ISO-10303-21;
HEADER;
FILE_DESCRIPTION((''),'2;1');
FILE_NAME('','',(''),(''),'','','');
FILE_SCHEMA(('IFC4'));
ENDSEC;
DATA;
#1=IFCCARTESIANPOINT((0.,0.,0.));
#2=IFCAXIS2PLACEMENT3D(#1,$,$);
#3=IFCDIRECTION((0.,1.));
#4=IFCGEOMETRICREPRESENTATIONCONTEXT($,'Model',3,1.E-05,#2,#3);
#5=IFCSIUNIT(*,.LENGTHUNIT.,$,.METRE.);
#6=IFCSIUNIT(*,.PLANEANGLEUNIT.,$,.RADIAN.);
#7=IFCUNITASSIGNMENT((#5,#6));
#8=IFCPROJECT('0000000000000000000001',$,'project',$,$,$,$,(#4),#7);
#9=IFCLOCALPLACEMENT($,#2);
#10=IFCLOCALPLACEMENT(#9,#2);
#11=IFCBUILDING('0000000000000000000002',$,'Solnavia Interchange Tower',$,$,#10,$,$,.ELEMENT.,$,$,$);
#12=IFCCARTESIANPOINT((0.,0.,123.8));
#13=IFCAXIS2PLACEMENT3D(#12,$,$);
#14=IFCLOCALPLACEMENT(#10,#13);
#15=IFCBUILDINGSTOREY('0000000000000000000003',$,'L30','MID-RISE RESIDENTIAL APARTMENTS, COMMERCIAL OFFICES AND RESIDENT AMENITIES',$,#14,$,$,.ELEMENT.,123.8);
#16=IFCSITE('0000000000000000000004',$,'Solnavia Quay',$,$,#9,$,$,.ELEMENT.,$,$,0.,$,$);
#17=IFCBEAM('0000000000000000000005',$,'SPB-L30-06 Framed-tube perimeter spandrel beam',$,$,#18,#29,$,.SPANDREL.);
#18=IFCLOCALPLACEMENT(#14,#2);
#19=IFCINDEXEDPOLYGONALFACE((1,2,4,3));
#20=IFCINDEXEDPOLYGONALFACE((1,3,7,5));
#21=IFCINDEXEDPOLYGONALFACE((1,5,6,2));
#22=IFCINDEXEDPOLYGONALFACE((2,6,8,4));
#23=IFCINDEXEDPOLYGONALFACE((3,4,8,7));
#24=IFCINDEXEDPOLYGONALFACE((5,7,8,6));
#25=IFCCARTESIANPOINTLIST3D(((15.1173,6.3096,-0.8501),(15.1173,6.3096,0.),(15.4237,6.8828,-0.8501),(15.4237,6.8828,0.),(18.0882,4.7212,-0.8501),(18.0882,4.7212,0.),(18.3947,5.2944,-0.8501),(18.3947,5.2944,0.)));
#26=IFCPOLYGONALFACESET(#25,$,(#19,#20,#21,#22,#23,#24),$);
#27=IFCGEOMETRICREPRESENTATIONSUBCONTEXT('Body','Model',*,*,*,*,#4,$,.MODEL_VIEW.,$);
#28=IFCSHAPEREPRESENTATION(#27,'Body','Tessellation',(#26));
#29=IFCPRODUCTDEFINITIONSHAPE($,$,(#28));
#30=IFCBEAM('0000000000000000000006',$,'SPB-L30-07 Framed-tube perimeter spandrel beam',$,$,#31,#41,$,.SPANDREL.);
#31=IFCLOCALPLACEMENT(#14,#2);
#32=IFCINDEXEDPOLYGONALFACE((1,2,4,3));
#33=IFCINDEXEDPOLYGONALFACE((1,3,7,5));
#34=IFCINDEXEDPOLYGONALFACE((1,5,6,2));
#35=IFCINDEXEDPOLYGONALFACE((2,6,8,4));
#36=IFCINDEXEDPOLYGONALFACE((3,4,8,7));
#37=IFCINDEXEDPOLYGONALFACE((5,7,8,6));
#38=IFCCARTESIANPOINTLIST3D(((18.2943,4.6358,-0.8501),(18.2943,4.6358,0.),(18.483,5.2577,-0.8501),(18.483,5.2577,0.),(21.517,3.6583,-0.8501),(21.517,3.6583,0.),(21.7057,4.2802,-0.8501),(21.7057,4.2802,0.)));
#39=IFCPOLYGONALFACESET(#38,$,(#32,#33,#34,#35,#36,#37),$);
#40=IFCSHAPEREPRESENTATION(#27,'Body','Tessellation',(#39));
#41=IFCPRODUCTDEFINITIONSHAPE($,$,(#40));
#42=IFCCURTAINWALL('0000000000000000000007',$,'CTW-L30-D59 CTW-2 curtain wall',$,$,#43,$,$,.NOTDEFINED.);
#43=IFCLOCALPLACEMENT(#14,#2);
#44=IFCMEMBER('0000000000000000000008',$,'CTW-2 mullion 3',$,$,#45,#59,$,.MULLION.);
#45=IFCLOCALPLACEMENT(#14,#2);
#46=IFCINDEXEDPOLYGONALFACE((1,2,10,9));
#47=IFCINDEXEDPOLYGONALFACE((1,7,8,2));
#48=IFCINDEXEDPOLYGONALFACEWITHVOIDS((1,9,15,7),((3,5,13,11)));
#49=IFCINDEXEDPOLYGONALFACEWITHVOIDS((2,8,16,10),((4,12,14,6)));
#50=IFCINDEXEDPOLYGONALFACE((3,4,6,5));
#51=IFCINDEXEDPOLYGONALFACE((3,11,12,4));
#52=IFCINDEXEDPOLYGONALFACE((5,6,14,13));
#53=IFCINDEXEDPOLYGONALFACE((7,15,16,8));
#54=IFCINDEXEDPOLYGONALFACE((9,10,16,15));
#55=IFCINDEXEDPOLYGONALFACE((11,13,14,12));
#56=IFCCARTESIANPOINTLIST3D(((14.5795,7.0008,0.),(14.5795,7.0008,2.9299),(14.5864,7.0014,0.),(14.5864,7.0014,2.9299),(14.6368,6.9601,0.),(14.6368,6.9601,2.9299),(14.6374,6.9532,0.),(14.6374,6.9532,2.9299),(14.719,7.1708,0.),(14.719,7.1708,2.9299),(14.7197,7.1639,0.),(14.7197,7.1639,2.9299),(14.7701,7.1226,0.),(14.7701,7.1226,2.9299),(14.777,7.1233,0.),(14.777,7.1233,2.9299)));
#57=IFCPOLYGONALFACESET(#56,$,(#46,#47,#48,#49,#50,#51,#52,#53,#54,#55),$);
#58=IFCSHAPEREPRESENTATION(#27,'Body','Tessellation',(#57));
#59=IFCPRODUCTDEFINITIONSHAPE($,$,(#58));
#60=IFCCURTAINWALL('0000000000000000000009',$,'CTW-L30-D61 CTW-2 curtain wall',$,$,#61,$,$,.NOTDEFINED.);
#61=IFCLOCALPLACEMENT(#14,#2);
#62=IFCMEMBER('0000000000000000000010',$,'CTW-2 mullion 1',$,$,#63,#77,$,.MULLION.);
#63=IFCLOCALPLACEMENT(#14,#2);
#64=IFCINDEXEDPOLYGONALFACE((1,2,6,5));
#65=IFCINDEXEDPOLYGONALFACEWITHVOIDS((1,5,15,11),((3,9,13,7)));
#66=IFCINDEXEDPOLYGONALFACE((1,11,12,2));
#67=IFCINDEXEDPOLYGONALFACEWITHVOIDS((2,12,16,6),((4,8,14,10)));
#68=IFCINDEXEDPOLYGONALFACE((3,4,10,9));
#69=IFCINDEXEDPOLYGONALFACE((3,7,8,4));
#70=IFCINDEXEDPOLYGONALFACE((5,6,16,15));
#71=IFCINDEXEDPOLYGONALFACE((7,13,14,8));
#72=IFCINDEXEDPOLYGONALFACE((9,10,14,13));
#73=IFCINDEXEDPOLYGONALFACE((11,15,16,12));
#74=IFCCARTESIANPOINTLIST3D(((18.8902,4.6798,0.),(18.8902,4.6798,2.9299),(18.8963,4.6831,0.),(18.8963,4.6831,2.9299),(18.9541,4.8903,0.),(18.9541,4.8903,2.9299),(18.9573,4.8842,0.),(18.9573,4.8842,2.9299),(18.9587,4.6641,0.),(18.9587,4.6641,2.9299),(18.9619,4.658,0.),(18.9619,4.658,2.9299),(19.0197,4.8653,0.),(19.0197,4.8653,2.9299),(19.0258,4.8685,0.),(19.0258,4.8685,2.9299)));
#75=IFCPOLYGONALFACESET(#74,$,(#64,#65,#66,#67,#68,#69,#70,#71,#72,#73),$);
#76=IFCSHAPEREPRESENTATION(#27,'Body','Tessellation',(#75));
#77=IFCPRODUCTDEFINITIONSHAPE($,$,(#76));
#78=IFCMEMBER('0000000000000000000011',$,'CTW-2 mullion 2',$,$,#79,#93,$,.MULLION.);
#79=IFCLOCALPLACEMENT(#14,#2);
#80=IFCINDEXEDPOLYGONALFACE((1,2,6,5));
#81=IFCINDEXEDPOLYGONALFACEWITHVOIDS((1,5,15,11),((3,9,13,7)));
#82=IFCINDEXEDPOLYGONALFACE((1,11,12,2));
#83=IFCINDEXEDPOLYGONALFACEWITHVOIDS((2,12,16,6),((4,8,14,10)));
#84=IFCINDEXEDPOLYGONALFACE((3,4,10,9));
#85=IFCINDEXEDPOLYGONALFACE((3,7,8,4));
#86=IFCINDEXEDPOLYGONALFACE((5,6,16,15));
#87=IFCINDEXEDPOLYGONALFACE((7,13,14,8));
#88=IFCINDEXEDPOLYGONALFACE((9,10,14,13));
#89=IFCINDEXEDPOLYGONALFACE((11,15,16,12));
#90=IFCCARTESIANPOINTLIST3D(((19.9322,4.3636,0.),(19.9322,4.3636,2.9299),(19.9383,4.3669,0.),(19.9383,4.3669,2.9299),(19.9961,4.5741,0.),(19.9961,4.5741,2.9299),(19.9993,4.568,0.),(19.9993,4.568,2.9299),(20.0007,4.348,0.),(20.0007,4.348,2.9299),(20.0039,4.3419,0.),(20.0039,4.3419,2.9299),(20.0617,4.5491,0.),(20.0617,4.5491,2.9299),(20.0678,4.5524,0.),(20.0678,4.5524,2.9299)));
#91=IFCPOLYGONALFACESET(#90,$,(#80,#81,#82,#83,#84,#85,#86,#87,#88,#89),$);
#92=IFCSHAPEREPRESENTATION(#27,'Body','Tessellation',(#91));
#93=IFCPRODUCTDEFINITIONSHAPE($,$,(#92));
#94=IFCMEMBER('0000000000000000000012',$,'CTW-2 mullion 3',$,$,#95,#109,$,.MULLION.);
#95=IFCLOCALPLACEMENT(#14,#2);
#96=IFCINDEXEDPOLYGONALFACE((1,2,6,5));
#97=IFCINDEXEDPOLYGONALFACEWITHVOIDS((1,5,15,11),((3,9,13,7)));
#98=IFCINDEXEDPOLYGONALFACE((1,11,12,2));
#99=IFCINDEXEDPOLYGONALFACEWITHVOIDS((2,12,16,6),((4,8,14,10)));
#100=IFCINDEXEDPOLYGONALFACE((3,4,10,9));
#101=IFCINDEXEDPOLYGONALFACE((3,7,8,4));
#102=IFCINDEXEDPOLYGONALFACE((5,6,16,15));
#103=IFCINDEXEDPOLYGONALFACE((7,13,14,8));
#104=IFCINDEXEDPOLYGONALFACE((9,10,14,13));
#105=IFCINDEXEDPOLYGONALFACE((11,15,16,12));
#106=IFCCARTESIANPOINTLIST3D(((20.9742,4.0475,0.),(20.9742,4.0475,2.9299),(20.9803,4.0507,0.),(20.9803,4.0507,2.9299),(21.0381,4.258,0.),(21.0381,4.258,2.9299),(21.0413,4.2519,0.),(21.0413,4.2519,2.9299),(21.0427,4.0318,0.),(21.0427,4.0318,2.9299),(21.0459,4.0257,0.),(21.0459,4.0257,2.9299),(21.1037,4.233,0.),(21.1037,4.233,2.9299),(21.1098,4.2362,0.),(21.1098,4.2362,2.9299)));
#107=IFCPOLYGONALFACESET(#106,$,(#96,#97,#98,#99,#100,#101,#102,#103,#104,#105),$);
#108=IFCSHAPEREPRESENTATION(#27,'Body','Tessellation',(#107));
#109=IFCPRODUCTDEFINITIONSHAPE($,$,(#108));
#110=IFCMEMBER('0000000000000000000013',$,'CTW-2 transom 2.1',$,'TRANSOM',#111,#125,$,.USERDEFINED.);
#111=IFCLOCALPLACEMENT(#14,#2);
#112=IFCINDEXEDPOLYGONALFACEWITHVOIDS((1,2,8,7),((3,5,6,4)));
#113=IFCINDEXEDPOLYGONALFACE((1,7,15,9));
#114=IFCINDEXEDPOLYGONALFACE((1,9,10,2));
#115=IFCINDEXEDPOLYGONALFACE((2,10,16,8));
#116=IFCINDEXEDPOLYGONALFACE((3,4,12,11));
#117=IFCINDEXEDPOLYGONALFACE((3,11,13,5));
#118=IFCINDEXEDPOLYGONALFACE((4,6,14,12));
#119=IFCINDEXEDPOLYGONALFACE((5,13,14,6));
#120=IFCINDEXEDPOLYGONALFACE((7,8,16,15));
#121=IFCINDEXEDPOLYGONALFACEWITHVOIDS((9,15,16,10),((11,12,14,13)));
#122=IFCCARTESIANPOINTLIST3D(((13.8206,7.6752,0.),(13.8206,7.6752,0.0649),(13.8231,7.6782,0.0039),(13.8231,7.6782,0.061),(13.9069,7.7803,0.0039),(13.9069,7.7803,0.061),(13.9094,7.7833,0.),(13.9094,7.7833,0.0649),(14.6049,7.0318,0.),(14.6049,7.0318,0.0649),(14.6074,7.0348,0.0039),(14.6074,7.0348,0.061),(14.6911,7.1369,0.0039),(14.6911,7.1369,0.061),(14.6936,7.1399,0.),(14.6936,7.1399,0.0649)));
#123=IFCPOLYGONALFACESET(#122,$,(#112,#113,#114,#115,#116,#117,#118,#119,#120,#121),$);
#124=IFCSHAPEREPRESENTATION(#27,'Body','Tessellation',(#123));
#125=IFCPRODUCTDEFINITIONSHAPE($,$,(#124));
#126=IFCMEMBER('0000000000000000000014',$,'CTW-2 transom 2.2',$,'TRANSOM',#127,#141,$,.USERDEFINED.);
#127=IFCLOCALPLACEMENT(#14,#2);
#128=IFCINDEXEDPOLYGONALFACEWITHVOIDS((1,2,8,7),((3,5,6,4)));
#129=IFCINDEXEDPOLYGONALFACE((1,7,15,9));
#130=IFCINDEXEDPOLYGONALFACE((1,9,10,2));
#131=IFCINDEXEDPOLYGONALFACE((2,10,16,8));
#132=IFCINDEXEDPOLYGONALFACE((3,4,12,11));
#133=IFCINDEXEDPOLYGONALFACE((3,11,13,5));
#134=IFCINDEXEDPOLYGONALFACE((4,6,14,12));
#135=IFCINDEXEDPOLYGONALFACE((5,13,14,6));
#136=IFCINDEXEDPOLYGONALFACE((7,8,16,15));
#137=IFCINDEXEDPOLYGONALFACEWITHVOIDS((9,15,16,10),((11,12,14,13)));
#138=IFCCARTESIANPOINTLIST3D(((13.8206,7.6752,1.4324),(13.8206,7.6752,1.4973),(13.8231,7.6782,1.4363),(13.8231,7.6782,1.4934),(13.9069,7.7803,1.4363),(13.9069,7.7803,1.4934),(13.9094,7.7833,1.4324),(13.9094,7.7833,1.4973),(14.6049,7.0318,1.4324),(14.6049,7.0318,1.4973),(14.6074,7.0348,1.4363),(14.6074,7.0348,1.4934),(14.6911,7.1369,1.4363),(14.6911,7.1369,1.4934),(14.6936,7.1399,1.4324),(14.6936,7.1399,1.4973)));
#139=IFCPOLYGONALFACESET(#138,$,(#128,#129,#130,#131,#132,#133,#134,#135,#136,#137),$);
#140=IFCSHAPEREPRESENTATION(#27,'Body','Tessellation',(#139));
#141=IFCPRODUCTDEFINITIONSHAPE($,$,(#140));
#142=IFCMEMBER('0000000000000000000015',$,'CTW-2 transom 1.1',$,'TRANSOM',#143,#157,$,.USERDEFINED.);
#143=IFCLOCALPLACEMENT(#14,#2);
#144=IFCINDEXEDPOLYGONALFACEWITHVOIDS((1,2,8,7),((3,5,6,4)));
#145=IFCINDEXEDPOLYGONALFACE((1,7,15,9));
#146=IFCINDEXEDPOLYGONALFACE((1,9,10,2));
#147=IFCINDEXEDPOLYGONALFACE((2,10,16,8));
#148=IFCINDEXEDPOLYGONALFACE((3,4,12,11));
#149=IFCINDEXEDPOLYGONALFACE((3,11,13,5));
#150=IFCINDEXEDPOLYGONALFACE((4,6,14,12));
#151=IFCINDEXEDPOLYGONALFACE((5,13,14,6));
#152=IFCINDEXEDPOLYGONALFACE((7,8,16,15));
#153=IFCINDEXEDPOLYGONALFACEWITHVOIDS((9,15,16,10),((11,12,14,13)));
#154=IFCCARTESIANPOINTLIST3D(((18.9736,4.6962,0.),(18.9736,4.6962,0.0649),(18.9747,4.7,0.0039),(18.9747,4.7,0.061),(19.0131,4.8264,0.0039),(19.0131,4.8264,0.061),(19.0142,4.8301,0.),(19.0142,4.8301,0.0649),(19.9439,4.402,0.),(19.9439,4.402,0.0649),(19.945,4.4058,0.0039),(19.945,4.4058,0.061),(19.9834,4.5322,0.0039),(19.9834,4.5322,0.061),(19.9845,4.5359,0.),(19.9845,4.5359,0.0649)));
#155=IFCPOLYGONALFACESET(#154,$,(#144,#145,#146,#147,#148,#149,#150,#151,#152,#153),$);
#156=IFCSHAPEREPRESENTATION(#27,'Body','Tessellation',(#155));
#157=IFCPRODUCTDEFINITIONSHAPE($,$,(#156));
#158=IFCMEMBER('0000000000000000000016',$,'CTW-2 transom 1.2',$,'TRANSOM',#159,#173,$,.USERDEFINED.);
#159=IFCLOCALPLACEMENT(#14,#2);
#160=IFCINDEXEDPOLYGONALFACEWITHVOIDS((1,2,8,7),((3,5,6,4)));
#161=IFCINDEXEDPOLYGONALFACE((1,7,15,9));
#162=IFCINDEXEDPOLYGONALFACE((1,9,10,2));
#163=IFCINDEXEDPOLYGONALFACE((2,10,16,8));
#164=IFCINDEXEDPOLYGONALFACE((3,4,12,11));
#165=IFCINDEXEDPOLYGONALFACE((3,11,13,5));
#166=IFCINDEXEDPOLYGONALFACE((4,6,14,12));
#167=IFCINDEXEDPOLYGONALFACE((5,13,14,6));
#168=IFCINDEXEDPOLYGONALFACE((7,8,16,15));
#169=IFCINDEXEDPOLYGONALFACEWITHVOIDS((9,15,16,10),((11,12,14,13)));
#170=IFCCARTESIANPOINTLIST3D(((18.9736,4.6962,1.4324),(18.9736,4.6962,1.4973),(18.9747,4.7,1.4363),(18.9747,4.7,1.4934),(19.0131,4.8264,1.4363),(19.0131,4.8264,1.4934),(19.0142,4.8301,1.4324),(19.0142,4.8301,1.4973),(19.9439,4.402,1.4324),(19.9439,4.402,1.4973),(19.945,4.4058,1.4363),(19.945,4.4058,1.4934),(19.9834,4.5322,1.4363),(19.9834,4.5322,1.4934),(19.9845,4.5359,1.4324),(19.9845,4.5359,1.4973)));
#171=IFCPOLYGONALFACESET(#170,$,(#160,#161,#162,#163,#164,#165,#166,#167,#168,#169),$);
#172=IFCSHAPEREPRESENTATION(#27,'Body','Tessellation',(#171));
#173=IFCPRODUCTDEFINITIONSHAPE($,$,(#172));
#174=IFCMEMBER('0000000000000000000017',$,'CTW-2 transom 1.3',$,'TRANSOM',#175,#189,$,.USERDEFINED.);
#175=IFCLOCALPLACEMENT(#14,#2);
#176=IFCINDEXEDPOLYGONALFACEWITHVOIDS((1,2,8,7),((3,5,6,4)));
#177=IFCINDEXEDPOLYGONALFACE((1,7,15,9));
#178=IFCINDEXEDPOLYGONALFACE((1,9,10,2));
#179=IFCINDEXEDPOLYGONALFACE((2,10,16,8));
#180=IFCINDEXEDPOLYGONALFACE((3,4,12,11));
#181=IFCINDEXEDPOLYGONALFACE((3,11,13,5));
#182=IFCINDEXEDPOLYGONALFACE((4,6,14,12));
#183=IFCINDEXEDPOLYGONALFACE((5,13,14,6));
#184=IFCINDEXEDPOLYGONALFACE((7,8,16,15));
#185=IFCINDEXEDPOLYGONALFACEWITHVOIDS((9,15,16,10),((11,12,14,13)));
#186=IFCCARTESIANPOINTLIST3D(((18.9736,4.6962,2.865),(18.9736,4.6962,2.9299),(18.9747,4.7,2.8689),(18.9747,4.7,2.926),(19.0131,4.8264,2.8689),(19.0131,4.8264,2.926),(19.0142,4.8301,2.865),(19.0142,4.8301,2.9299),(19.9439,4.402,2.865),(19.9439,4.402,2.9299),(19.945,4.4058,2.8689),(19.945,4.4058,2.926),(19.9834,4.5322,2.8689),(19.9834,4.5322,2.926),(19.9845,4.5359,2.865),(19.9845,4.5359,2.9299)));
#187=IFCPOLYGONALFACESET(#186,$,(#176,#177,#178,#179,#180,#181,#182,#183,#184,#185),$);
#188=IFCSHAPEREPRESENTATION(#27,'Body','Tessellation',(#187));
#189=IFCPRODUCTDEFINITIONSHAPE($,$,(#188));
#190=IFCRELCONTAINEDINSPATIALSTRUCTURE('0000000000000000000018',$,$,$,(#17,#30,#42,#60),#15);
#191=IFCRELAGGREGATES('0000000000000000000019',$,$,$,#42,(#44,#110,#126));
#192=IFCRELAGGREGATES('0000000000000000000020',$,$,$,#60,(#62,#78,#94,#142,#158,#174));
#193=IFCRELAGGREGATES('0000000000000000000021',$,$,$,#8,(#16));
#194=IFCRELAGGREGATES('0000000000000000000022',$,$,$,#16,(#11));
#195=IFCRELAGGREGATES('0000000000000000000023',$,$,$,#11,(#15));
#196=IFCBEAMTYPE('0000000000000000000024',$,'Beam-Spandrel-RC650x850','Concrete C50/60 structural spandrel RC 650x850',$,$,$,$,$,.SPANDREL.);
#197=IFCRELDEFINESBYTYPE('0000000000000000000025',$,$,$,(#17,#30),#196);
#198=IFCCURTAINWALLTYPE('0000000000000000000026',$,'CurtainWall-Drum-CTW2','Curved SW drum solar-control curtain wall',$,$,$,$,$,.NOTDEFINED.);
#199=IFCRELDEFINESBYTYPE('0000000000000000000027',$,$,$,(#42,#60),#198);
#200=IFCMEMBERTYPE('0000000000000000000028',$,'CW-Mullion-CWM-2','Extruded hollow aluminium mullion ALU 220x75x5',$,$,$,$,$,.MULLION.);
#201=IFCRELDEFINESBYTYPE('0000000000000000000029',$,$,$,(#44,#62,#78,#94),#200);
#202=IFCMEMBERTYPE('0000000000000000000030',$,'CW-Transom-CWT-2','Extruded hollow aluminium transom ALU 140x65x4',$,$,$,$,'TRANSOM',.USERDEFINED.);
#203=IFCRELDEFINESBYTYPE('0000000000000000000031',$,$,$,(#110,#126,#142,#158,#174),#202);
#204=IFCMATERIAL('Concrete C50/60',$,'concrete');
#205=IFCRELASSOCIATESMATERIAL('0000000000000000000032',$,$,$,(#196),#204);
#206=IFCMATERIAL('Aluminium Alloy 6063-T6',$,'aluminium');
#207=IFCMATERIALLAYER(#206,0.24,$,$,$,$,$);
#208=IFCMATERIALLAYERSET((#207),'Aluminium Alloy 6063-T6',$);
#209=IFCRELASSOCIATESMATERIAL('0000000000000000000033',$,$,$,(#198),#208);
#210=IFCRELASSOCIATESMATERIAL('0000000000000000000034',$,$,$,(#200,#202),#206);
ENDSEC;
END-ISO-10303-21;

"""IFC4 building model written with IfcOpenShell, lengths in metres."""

from ifc_helpers import new_model, si_unit, direction, frame, origin, origin_2d, place, context, subcontext, project, spatial, rectangle, hollow_rectangle, extrude, material, layer, layer_set, material_profile, profile_set, type_object, element, aggregate, save


model = new_model("IFC4")

# Units and contexts
model_context = context("Model", 3, precision=1e-05, world=origin(), true_north=direction((0.0, 1.0)))
body_context = subcontext(model_context, "Body", "Model", "MODEL_VIEW")
ifc_project = project(units=[si_unit("LENGTHUNIT", "METRE"), si_unit("PLANEANGLEUNIT", "RADIAN")], contexts=[model_context])

# Site, building, storey
site_placement = place(None, origin())
site = spatial("IfcSite", under=ifc_project, at=site_placement, Name="Solnavia Quay", CompositionType="ELEMENT", RefElevation=0.0)
building_placement = place(site_placement, origin())
building = spatial("IfcBuilding", under=site, at=building_placement, Name="Solnavia Interchange Tower", CompositionType="ELEMENT")
storey_placement = place(building_placement, frame((0.0, 0.0, 123.8)))
storey = spatial("IfcBuildingStorey", under=building, at=storey_placement, Name="L30", Description="MID-RISE RESIDENTIAL APARTMENTS, COMMERCIAL OFFICES AND RESIDENT AMENITIES", CompositionType="ELEMENT", Elevation=123.8)

# Beams
ifc_material_1 = material(Name="Concrete C50/60", Category="concrete")
ifc_material_profile_1 = material_profile(ifc_material_1, rectangle(XDim=0.6499, YDim=0.8501, at=origin_2d()), Name="RC 650x850")
ifc_profile_set_1 = profile_set([ifc_material_profile_1], Name="Concrete C50/60")
beam_type_1 = type_object("IfcBeamType", Name="Beam-Spandrel-RC650x850", Description="Concrete C50/60 structural spandrel RC 650x850", PredefinedType="SPANDREL", material=ifc_profile_set_1)
beam_1_placement = place(storey_placement, frame((15.2705, 6.5962, -0.425), z_axis=(0.881875, -0.471483, 0.0), x_axis=(0.471483, 0.881875, 0.0)))
element("IfcBeam", 1, at=beam_1_placement, inside=storey, type_object=beam_type_1, Name="SPB-L30-06 Framed-tube perimeter spandrel beam", PredefinedType="SPANDREL", context=body_context, shape_type="SweptSolid", body=[
    extrude(rectangle(XDim=0.6499, YDim=0.8501, at=origin_2d()), origin(), (0.0, 0.0, 1.0), 3.3689),
])
beam_2_placement = place(storey_placement, frame((18.3887, 4.9468, -0.425), z_axis=(0.956944, -0.290273, 0.0), x_axis=(0.290273, 0.956944, 0.0)))
element("IfcBeam", 2, at=beam_2_placement, inside=storey, type_object=beam_type_1, Name="SPB-L30-07 Framed-tube perimeter spandrel beam", PredefinedType="SPANDREL", context=body_context, shape_type="SweptSolid", body=[
    extrude(rectangle(XDim=0.6499, YDim=0.8501, at=origin_2d()), origin(), (0.0, 0.0, 1.0), 3.3677),
])

# Curtain wall, member
ifc_material_2 = material(Name="Aluminium Alloy 6063-T6", Category="aluminium")
ifc_layer_1 = layer(ifc_material_2, 0.24)
ifc_layer_set_1 = layer_set([ifc_layer_1], Name="Aluminium Alloy 6063-T6")
curtain_wall_type = type_object("IfcCurtainWallType", Name="CurtainWall-Drum-CTW2", Description="Curved SW drum solar-control curtain wall", PredefinedType="NOTDEFINED", material=ifc_layer_set_1)
curtain_wall_1_placement = place(storey_placement, origin())
curtain_wall_1 = element("IfcCurtainWall", 3, at=curtain_wall_1_placement, inside=storey, type_object=curtain_wall_type, Name="CTW-L30-D59 CTW-2 curtain wall", PredefinedType="NOTDEFINED")
ifc_material_profile_2 = material_profile(ifc_material_2, hollow_rectangle(XDim=0.075, YDim=0.22, WallThickness=0.0049, at=origin_2d()), Name="ALU 220x75x5")
ifc_profile_set_2 = profile_set([ifc_material_profile_2], Name="Aluminium Alloy 6063-T6")
member_type_1 = type_object("IfcMemberType", Name="CW-Mullion-CWM-2", Description="Extruded hollow aluminium mullion ALU 220x75x5", PredefinedType="MULLION", material=ifc_profile_set_2)
member_1_placement = place(storey_placement, frame((14.6782, 7.062, 0.0), z_axis=(0.0, 0.0, 1.0), x_axis=(0.773095, -0.634291, 0.0)))
member_1 = element("IfcMember", 4, at=member_1_placement, type_object=member_type_1, Name="CTW-2 mullion 3", PredefinedType="MULLION", context=body_context, shape_type="SweptSolid", body=[
    extrude(hollow_rectangle(XDim=0.075, YDim=0.22, WallThickness=0.0049, at=origin_2d()), origin(), (0.0, 0.0, 1.0), 2.9299),
])

# Curtain wall, members
curtain_wall_2_placement = place(storey_placement, origin())
curtain_wall_2 = element("IfcCurtainWall", 5, at=curtain_wall_2_placement, inside=storey, type_object=curtain_wall_type, Name="CTW-L30-D61 CTW-2 curtain wall", PredefinedType="NOTDEFINED")
member_2_placement = place(storey_placement, frame((18.958, 4.7742, 0.0), z_axis=(0.0, 0.0, 1.0), x_axis=(0.956935, -0.290303, 0.0)))
member_2 = element("IfcMember", 6, at=member_2_placement, type_object=member_type_1, Name="CTW-2 mullion 1", PredefinedType="MULLION", context=body_context, shape_type="SweptSolid", body=[
    extrude(hollow_rectangle(XDim=0.075, YDim=0.22, WallThickness=0.0049, at=origin_2d()), origin(), (0.0, 0.0, 1.0), 2.9299),
])
member_3_placement = place(storey_placement, frame((20.0, 4.458, 0.0), z_axis=(0.0, 0.0, 1.0), x_axis=(0.956935, -0.290303, 0.0)))
member_3 = element("IfcMember", 7, at=member_3_placement, type_object=member_type_1, Name="CTW-2 mullion 2", PredefinedType="MULLION", context=body_context, shape_type="SweptSolid", body=[
    extrude(hollow_rectangle(XDim=0.075, YDim=0.22, WallThickness=0.0049, at=origin_2d()), origin(), (0.0, 0.0, 1.0), 2.9299),
])
member_4_placement = place(storey_placement, frame((21.042, 4.1418, 0.0), z_axis=(0.0, 0.0, 1.0), x_axis=(0.956935, -0.290303, 0.0)))
member_4 = element("IfcMember", 8, at=member_4_placement, type_object=member_type_1, Name="CTW-2 mullion 3", PredefinedType="MULLION", context=body_context, shape_type="SweptSolid", body=[
    extrude(hollow_rectangle(XDim=0.075, YDim=0.22, WallThickness=0.0049, at=origin_2d()), origin(), (0.0, 0.0, 1.0), 2.9299),
])

# Members
ifc_material_profile_3 = material_profile(ifc_material_2, hollow_rectangle(XDim=0.0649, YDim=0.1399, WallThickness=0.0039, at=origin_2d()), Name="ALU 140x65x4")
ifc_profile_set_3 = profile_set([ifc_material_profile_3], Name="Aluminium Alloy 6063-T6")
member_type_2 = type_object("IfcMemberType", Name="CW-Transom-CWT-2", Description="Extruded hollow aluminium transom ALU 140x65x4", ElementType="TRANSOM", PredefinedType="USERDEFINED", material=ifc_profile_set_3)
member_5_placement = place(storey_placement, frame((13.865, 7.7292, 0.0325), z_axis=(0.773131, -0.634247, 0.0), x_axis=(0.0, 0.0, 1.0)))
member_5 = element("IfcMember", 9, at=member_5_placement, type_object=member_type_2, Name="CTW-2 transom 2.1", ObjectType="TRANSOM", PredefinedType="USERDEFINED", context=body_context, shape_type="SweptSolid", body=[
    extrude(hollow_rectangle(XDim=0.0649, YDim=0.1399, WallThickness=0.0039, at=origin_2d()), origin(), (0.0, 0.0, 1.0), 1.0144),
])
member_6_placement = place(storey_placement, frame((13.865, 7.7292, 1.4648), z_axis=(0.773131, -0.634247, 0.0), x_axis=(0.0, 0.0, 1.0)))
member_6 = element("IfcMember", 10, at=member_6_placement, type_object=member_type_2, Name="CTW-2 transom 2.2", ObjectType="TRANSOM", PredefinedType="USERDEFINED", context=body_context, shape_type="SweptSolid", body=[
    extrude(hollow_rectangle(XDim=0.0649, YDim=0.1399, WallThickness=0.0039, at=origin_2d()), origin(), (0.0, 0.0, 1.0), 1.0144),
])
member_7_placement = place(storey_placement, frame((18.9939, 4.7632, 0.0325), z_axis=(0.956974, -0.290174, 0.0), x_axis=(0.0, 0.0, 1.0)))
member_7 = element("IfcMember", 11, at=member_7_placement, type_object=member_type_2, Name="CTW-2 transom 1.1", ObjectType="TRANSOM", PredefinedType="USERDEFINED", context=body_context, shape_type="SweptSolid", body=[
    extrude(hollow_rectangle(XDim=0.0649, YDim=0.1399, WallThickness=0.0039, at=origin_2d()), origin(), (0.0, 0.0, 1.0), 1.0139),
])
member_8_placement = place(storey_placement, frame((18.9939, 4.7632, 1.4648), z_axis=(0.956974, -0.290174, 0.0), x_axis=(0.0, 0.0, 1.0)))
member_8 = element("IfcMember", 12, at=member_8_placement, type_object=member_type_2, Name="CTW-2 transom 1.2", ObjectType="TRANSOM", PredefinedType="USERDEFINED", context=body_context, shape_type="SweptSolid", body=[
    extrude(hollow_rectangle(XDim=0.0649, YDim=0.1399, WallThickness=0.0039, at=origin_2d()), origin(), (0.0, 0.0, 1.0), 1.0139),
])
member_9_placement = place(storey_placement, frame((18.9939, 4.7632, 2.8975), z_axis=(0.956974, -0.290174, 0.0), x_axis=(0.0, 0.0, 1.0)))
member_9 = element("IfcMember", 13, at=member_9_placement, type_object=member_type_2, Name="CTW-2 transom 1.3", ObjectType="TRANSOM", PredefinedType="USERDEFINED", context=body_context, shape_type="SweptSolid", body=[
    extrude(hollow_rectangle(XDim=0.0649, YDim=0.1399, WallThickness=0.0039, at=origin_2d()), origin(), (0.0, 0.0, 1.0), 1.0139),
])

aggregate(curtain_wall_1, [member_1, member_5, member_6])
aggregate(curtain_wall_2, [member_2, member_3, member_4, member_7, member_8, member_9])

save(model, "model.ifc")
